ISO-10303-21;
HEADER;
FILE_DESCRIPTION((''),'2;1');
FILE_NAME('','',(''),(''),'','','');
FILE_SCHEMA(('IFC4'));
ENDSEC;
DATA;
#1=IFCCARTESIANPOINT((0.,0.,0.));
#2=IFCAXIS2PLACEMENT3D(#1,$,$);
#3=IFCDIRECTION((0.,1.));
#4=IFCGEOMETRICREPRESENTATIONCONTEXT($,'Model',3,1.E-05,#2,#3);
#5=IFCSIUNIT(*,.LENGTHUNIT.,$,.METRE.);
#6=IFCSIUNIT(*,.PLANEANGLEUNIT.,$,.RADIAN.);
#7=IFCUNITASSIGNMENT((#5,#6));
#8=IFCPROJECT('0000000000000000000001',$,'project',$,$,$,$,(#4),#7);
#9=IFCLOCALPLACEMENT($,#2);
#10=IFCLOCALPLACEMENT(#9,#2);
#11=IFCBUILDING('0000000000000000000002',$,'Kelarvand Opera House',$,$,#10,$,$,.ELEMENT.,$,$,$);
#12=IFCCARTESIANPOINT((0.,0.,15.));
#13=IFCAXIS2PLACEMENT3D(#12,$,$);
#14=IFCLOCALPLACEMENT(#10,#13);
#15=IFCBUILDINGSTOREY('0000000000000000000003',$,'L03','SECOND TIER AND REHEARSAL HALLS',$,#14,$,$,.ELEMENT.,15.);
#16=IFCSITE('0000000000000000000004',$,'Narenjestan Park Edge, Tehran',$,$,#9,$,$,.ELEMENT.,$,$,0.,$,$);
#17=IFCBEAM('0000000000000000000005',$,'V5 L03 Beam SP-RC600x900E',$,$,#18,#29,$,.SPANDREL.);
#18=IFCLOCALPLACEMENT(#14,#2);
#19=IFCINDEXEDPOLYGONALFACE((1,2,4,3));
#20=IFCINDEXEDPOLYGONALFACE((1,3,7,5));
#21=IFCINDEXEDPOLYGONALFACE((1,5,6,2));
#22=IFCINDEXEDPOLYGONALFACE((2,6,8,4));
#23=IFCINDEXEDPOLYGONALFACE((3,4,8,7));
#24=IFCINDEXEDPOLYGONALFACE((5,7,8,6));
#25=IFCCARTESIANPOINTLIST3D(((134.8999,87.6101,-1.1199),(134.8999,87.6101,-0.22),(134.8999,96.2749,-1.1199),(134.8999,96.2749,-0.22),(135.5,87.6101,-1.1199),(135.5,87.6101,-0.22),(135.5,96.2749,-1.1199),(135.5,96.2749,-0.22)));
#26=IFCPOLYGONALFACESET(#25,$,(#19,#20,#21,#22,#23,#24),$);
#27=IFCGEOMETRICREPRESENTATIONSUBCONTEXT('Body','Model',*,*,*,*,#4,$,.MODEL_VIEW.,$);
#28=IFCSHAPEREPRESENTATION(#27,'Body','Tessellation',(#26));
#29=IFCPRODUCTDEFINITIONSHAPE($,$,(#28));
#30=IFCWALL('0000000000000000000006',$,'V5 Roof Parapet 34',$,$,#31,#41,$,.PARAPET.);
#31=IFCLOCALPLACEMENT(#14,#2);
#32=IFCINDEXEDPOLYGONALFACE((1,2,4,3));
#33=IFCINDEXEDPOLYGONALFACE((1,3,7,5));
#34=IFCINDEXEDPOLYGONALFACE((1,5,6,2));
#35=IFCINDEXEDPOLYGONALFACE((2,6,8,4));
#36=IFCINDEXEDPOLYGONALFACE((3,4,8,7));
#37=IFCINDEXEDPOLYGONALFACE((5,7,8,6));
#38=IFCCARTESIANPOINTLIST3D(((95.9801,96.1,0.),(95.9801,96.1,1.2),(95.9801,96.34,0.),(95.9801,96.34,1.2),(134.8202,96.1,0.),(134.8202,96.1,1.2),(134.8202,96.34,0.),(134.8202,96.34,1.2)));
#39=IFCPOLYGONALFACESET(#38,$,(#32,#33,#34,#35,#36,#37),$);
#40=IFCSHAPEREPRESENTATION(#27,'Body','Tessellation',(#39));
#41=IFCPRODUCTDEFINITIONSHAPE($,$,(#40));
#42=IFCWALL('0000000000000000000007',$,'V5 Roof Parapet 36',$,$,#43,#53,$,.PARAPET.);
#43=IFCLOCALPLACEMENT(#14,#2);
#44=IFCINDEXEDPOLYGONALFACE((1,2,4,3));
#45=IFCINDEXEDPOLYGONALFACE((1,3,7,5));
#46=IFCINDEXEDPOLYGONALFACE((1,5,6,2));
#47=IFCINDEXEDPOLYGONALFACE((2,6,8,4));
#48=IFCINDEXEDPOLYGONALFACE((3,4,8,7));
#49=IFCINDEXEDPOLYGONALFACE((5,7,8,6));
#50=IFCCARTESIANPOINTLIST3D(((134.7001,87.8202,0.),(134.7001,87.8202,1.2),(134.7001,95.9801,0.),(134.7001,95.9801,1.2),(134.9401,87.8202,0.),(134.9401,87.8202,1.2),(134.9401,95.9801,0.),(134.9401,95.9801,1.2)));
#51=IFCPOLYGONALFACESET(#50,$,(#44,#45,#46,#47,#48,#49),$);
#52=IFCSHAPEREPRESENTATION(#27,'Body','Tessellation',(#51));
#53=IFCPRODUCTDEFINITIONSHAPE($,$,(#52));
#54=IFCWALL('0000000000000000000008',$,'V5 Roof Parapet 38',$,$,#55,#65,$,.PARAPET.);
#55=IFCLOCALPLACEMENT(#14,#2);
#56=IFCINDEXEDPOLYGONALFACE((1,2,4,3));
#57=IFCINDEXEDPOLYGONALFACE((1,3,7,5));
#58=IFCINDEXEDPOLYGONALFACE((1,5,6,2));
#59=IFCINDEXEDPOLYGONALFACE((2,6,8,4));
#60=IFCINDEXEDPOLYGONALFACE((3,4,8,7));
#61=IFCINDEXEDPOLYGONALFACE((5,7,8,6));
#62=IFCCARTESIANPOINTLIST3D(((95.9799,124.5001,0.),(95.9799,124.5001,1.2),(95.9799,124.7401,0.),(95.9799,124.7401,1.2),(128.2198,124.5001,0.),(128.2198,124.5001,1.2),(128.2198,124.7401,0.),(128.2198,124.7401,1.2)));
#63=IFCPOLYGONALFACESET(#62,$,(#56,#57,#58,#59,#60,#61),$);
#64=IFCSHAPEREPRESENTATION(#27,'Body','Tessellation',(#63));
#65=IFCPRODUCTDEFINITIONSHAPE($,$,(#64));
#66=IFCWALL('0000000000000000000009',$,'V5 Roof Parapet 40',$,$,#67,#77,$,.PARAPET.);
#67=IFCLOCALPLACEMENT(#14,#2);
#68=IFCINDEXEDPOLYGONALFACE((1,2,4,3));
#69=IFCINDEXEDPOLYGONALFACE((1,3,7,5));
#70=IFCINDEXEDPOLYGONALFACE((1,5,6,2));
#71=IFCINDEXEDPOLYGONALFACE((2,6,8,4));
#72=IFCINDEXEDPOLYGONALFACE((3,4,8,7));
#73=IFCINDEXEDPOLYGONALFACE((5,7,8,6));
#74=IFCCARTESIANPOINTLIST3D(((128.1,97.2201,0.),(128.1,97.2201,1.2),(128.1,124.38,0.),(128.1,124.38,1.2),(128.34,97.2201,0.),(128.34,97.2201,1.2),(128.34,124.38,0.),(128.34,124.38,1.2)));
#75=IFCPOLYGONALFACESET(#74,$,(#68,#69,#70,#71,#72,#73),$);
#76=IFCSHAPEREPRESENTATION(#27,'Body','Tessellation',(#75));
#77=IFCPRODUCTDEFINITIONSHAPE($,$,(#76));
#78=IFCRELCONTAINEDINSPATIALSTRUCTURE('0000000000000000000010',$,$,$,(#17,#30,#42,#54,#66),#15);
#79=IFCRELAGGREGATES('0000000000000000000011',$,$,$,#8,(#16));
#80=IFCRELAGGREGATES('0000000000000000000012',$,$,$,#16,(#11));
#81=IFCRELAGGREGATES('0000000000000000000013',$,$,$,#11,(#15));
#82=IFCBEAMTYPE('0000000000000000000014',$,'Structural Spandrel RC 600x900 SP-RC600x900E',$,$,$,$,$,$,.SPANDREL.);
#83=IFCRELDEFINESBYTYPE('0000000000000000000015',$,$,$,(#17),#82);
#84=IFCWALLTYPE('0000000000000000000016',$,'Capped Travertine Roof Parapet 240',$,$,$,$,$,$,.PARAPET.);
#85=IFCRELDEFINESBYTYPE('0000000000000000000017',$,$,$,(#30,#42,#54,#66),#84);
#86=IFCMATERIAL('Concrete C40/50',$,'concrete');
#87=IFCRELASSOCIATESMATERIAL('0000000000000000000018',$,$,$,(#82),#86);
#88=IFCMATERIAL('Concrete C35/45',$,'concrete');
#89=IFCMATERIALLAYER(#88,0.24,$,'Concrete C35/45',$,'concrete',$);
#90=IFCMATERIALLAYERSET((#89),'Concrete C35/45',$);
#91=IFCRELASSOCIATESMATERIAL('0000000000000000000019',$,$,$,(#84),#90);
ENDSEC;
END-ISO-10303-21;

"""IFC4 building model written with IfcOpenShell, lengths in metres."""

from ifc_helpers import new_model, si_unit, direction, frame, frame_2d, origin, origin_2d, place, context, subcontext, project, spatial, rectangle, extrude, material, layer, layer_set, material_profile, profile_set, type_object, element, save


model = new_model("IFC4")

# Units and contexts
model_context = context("Model", 3, precision=1e-05, world=origin(), true_north=direction((0.0, 1.0)))
body_context = subcontext(model_context, "Body", "Model", "MODEL_VIEW")
ifc_project = project(units=[si_unit("LENGTHUNIT", "METRE"), si_unit("PLANEANGLEUNIT", "RADIAN")], contexts=[model_context])

# Site, building, storey
site_placement = place(None, origin())
site = spatial("IfcSite", under=ifc_project, at=site_placement, Name="Narenjestan Park Edge, Tehran", CompositionType="ELEMENT", RefElevation=0.0)
building_placement = place(site_placement, origin())
building = spatial("IfcBuilding", under=site, at=building_placement, Name="Kelarvand Opera House", CompositionType="ELEMENT")
storey_placement = place(building_placement, frame((0.0, 0.0, 15.0)))
storey = spatial("IfcBuildingStorey", under=building, at=storey_placement, Name="L03", Description="SECOND TIER AND REHEARSAL HALLS", CompositionType="ELEMENT", Elevation=15.0)

# Shared definitions
ifc_material_1 = material(Name="Concrete C40/50", Category="concrete")

# Beam
ifc_material_2 = material(Name="Concrete C35/45", Category="concrete")
ifc_material_profile_1 = material_profile(ifc_material_1, rectangle(XDim=0.6001, YDim=0.8999, at=origin_2d()), Name="RC 600x900", Category="concrete")
ifc_profile_set_1 = profile_set([ifc_material_profile_1], Name="Concrete C40/50")
beam_type_1 = type_object("IfcBeamType", Name="Structural Spandrel RC 600x900 SP-RC600x900E", PredefinedType="SPANDREL", material=ifc_profile_set_1)
beam_1_placement = place(storey_placement, frame((135.2, 87.6101, -0.6699), z_axis=(0.0, 1.0, 0.0), x_axis=(-1.0, 0.0, 0.0)))
element("IfcBeam", 1, at=beam_1_placement, inside=storey, type_object=beam_type_1, Name="V5 L03 Beam SP-RC600x900E", PredefinedType="SPANDREL", context=body_context, shape_type="SweptSolid", body=[
    extrude(rectangle(XDim=0.6001, YDim=0.8999, at=origin_2d()), origin(), (0.0, 0.0, 1.0), 8.6648),
])

# Walls
ifc_layer = layer(ifc_material_2, 0.24, Name="Concrete C35/45", Category="concrete")
ifc_layer_set = layer_set([ifc_layer], Name="Concrete C35/45")
wall_type = type_object("IfcWallType", Name="Capped Travertine Roof Parapet 240", PredefinedType="PARAPET", material=ifc_layer_set)
wall_1_placement = place(storey_placement, frame((134.8201, 96.22, 0.0), z_axis=(0.0, 0.0, 1.0), x_axis=(-1.0, 0.0, 0.0)))
element("IfcWall", 2, at=wall_1_placement, inside=storey, type_object=wall_type, Name="V5 Roof Parapet 34", PredefinedType="PARAPET", context=body_context, shape_type="SweptSolid", body=[
    extrude(rectangle(XDim=38.8401, YDim=0.24, at=frame_2d((19.4199, 0.0))), origin(), (0.0, 0.0, 1.0), 1.2),
])
wall_2_placement = place(storey_placement, frame((134.8201, 87.8201, 0.0), z_axis=(0.0, 0.0, 1.0), x_axis=(0.0, 1.0, 0.0)))
element("IfcWall", 3, at=wall_2_placement, inside=storey, type_object=wall_type, Name="V5 Roof Parapet 36", PredefinedType="PARAPET", context=body_context, shape_type="SweptSolid", body=[
    extrude(rectangle(XDim=8.1599, YDim=0.24, at=frame_2d((4.0801, 0.0))), origin(), (0.0, 0.0, 1.0), 1.2),
])
wall_3_placement = place(storey_placement, frame((128.22, 124.6201, 0.0), z_axis=(0.0, 0.0, 1.0), x_axis=(-1.0, 0.0, 0.0)))
element("IfcWall", 4, at=wall_3_placement, inside=storey, type_object=wall_type, Name="V5 Roof Parapet 38", PredefinedType="PARAPET", context=body_context, shape_type="SweptSolid", body=[
    extrude(rectangle(XDim=32.24, YDim=0.24, at=frame_2d((16.1201, 0.0))), origin(), (0.0, 0.0, 1.0), 1.2),
])
wall_4_placement = place(storey_placement, frame((128.22, 97.22, 0.0), z_axis=(0.0, 0.0, 1.0), x_axis=(0.0, 1.0, 0.0)))
element("IfcWall", 5, at=wall_4_placement, inside=storey, type_object=wall_type, Name="V5 Roof Parapet 40", PredefinedType="PARAPET", context=body_context, shape_type="SweptSolid", body=[
    extrude(rectangle(XDim=27.1599, YDim=0.24, at=frame_2d((13.5801, 0.0))), origin(), (0.0, 0.0, 1.0), 1.2),
])

save(model, "model.ifc")
